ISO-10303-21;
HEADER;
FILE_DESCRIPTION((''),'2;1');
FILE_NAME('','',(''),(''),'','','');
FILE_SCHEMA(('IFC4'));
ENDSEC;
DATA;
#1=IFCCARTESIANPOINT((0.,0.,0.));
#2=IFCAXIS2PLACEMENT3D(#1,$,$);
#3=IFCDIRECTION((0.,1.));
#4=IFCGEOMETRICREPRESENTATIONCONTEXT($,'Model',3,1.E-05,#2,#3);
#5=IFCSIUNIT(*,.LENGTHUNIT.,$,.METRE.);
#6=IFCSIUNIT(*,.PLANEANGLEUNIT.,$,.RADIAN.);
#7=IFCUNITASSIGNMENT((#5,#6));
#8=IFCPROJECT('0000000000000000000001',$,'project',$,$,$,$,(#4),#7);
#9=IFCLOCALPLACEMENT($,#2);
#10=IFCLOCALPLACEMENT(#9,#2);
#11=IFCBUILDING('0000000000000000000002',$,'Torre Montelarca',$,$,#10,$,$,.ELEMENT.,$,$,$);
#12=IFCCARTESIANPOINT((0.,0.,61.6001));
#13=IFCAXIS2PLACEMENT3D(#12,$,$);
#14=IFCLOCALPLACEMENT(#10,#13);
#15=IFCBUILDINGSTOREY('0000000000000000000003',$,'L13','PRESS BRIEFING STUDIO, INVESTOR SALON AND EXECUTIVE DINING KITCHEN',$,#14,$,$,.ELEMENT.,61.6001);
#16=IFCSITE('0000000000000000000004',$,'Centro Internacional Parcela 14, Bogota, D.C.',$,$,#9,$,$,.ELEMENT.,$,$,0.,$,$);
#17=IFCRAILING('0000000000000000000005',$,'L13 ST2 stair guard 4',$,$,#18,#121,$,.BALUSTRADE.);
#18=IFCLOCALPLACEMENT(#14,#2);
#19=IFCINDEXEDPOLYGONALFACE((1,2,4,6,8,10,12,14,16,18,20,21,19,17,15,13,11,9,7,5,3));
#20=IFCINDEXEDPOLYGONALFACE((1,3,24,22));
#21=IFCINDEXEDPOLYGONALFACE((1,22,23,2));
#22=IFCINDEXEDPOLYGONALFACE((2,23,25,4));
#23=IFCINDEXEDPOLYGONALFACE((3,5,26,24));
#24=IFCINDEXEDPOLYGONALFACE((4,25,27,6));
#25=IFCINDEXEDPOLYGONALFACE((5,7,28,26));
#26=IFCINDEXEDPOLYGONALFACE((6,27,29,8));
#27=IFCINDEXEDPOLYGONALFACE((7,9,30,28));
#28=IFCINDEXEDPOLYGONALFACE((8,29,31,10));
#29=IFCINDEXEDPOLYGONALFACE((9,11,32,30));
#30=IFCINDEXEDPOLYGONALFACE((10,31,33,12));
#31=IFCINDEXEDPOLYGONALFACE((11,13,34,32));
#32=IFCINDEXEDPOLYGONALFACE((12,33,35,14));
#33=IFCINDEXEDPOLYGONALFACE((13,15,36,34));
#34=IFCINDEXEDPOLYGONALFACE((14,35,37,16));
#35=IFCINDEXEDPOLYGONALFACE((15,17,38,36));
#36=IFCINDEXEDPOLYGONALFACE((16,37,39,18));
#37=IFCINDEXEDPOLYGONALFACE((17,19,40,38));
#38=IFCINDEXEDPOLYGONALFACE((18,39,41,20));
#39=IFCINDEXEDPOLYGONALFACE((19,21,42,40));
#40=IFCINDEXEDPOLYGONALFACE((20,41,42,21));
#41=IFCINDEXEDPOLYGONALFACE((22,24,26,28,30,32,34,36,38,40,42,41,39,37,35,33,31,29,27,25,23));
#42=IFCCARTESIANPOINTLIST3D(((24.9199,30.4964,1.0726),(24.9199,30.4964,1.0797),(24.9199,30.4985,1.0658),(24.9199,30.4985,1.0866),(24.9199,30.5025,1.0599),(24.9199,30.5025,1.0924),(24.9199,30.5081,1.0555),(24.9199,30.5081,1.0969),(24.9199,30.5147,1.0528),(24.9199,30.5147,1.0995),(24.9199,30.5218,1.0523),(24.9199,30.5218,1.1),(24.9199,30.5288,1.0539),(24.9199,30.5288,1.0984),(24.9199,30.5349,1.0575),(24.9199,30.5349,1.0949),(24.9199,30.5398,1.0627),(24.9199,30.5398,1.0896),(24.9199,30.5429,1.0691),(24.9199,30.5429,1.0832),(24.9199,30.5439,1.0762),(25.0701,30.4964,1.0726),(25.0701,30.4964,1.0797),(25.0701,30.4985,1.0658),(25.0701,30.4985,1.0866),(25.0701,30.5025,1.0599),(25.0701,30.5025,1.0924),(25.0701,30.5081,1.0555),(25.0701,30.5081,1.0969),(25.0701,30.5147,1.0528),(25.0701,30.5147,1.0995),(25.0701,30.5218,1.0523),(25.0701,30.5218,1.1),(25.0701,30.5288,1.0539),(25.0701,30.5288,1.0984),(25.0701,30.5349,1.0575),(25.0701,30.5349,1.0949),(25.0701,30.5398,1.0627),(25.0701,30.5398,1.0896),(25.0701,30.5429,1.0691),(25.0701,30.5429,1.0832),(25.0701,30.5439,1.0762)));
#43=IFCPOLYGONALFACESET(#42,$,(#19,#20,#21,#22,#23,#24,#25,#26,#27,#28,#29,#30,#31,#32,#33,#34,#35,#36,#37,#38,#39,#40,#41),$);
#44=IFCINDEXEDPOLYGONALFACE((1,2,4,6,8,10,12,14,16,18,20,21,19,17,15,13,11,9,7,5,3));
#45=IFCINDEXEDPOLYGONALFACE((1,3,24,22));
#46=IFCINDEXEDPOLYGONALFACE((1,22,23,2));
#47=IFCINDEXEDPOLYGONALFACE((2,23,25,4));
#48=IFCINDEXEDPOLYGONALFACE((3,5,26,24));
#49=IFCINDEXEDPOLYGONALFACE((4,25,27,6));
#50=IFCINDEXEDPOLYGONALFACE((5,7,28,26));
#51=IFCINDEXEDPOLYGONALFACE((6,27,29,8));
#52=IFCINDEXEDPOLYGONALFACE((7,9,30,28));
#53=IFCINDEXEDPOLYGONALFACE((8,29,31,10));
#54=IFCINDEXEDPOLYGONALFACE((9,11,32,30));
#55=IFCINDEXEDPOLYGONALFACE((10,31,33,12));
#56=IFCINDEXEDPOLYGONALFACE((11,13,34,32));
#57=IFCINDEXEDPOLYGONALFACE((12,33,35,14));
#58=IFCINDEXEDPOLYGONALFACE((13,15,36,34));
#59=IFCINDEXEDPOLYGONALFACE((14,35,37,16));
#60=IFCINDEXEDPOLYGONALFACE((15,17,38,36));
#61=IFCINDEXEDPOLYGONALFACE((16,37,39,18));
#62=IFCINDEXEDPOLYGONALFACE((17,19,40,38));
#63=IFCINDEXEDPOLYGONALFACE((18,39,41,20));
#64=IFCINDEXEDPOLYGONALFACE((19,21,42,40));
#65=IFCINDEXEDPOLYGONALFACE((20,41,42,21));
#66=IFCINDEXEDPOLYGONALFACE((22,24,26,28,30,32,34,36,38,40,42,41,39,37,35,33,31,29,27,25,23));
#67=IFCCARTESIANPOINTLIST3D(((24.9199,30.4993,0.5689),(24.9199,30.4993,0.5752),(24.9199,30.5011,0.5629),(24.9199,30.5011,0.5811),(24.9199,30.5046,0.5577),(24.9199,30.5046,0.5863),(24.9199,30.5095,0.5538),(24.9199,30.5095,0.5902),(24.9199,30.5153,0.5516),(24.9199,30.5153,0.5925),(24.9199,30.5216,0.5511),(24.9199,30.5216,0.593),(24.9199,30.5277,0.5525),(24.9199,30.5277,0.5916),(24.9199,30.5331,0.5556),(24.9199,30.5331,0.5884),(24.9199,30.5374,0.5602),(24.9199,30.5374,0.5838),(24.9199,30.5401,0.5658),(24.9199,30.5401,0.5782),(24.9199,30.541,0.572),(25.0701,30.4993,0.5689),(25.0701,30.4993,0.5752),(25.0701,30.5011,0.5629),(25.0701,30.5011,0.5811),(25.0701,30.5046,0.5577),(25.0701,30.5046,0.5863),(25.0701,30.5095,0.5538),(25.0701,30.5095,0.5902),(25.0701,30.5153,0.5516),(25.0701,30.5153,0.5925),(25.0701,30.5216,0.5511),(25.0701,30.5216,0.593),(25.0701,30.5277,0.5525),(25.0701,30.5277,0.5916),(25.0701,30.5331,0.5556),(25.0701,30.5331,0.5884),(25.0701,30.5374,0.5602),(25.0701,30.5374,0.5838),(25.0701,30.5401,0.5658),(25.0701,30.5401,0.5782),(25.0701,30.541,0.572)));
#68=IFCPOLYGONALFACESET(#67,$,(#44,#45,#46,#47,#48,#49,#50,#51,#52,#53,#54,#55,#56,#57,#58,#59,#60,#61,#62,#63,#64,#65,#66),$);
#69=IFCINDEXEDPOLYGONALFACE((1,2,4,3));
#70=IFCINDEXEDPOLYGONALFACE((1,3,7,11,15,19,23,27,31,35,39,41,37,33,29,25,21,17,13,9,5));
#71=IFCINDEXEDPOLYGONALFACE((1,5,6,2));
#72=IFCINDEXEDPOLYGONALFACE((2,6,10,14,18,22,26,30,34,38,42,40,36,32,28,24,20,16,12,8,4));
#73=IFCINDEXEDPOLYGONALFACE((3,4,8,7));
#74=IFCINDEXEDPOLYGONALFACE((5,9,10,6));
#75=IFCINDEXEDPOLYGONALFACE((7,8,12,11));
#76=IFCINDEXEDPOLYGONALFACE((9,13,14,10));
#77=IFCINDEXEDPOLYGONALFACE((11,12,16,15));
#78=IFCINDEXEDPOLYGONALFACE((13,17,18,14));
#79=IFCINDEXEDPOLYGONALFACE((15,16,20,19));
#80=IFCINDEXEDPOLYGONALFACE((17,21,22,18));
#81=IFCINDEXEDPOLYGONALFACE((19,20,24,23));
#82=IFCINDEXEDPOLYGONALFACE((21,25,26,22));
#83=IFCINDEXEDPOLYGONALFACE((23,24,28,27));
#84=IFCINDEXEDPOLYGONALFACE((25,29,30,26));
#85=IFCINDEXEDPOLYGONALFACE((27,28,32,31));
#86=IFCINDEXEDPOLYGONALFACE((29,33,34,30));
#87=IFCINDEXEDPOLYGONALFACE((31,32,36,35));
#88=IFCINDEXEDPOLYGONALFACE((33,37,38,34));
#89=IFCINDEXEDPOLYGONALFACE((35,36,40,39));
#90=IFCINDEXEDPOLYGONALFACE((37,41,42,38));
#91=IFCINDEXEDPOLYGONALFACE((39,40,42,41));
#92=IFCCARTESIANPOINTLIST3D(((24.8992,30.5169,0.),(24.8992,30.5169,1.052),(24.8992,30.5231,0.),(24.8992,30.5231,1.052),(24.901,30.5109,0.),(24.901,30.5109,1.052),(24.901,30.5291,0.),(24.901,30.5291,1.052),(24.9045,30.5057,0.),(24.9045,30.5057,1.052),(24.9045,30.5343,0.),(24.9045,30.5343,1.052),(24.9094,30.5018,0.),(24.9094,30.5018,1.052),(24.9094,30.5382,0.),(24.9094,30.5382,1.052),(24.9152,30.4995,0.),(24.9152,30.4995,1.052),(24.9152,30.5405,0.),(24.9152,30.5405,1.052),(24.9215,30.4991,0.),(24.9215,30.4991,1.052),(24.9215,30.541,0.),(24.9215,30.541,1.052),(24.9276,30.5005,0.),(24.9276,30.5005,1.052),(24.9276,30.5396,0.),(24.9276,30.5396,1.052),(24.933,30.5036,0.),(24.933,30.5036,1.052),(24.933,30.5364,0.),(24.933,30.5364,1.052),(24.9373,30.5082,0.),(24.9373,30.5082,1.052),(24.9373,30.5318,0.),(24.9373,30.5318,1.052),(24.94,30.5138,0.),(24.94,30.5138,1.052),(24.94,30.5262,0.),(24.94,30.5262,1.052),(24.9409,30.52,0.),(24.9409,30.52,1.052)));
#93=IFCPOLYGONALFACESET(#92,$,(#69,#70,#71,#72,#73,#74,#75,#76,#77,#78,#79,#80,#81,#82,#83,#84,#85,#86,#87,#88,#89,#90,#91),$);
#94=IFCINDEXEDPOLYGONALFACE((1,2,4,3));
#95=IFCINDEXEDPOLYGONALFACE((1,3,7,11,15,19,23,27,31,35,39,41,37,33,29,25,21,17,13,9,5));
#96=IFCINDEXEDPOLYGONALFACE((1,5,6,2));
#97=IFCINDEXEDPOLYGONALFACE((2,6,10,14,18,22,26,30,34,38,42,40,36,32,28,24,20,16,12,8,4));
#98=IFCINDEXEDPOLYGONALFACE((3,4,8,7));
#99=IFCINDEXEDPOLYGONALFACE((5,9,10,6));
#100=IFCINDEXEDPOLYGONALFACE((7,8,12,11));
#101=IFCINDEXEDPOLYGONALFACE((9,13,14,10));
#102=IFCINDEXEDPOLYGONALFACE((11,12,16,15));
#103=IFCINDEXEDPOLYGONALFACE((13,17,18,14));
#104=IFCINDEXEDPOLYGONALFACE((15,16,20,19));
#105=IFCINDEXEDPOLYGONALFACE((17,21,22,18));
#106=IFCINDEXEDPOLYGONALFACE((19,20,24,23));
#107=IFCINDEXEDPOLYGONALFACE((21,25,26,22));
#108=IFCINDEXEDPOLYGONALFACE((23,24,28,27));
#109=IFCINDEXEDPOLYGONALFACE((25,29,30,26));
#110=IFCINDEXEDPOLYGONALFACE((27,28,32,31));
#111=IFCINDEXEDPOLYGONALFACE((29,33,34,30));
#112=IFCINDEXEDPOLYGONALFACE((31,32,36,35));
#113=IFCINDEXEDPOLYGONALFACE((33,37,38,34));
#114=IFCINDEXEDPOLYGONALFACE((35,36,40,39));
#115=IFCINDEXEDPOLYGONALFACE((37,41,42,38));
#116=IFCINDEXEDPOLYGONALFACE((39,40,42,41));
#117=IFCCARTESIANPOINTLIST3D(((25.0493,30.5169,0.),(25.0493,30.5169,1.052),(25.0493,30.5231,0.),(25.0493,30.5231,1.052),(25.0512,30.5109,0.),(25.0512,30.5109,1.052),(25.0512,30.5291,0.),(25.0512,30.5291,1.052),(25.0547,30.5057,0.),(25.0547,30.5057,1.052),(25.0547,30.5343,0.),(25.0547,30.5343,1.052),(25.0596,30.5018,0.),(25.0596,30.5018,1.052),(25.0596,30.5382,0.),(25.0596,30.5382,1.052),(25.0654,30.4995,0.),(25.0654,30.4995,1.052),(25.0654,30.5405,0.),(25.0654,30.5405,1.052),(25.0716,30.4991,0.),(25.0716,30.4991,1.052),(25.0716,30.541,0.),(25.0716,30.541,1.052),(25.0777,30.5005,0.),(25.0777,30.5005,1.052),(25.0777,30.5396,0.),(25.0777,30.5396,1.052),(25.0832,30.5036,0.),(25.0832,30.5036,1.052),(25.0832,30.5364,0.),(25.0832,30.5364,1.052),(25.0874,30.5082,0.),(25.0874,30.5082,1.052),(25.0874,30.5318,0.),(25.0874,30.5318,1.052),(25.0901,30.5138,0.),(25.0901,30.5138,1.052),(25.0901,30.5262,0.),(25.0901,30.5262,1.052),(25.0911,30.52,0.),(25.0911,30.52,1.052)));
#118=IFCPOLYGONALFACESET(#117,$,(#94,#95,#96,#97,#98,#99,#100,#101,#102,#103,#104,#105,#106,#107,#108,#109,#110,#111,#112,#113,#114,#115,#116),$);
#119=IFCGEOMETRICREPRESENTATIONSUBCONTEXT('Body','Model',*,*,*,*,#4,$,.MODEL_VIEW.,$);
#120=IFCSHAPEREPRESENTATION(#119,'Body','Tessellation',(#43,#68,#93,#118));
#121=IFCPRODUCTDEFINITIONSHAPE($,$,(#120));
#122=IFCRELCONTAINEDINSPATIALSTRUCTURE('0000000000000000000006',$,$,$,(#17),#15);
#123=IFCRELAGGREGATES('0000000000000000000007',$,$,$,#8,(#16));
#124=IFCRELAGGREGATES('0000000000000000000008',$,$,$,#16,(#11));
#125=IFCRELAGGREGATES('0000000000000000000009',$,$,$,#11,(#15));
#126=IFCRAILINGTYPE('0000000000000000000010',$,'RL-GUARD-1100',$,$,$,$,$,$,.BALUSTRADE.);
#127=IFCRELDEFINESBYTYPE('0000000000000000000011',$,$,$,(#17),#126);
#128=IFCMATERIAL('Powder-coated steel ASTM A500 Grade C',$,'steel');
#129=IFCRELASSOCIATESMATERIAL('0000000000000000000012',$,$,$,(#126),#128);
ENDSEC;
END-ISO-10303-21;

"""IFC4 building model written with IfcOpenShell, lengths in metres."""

from ifc_helpers import new_model, si_unit, direction, frame, origin, origin_2d, place, context, subcontext, project, spatial, circle, extrude, material, type_object, element, save


model = new_model("IFC4")

# Units and contexts
model_context = context("Model", 3, precision=1e-05, world=origin(), true_north=direction((0.0, 1.0)))
body_context = subcontext(model_context, "Body", "Model", "MODEL_VIEW")
ifc_project = project(units=[si_unit("LENGTHUNIT", "METRE"), si_unit("PLANEANGLEUNIT", "RADIAN")], contexts=[model_context])

# Site, building, storey
site_placement = place(None, origin())
site = spatial("IfcSite", under=ifc_project, at=site_placement, Name="Centro Internacional Parcela 14, Bogota, D.C.", CompositionType="ELEMENT", RefElevation=0.0)
building_placement = place(site_placement, origin())
building = spatial("IfcBuilding", under=site, at=building_placement, Name="Torre Montelarca", CompositionType="ELEMENT")
storey_placement = place(building_placement, frame((0.0, 0.0, 61.6001)))
storey = spatial("IfcBuildingStorey", under=building, at=storey_placement, Name="L13", Description="PRESS BRIEFING STUDIO, INVESTOR SALON AND EXECUTIVE DINING KITCHEN", CompositionType="ELEMENT", Elevation=61.6001)

# Railing
ifc_material_1 = material(Name="Powder-coated steel ASTM A500 Grade C", Category="steel")
railing_type_1 = type_object("IfcRailingType", Name="RL-GUARD-1100", PredefinedType="BALUSTRADE", material=ifc_material_1)
railing_1_placement = place(storey_placement, frame((24.9199, 30.52, 0.0)))
element("IfcRailing", 1, at=railing_1_placement, inside=storey, type_object=railing_type_1, Name="L13 ST2 stair guard 4", PredefinedType="BALUSTRADE", context=body_context, shape_type="SweptSolid", body=[
    extrude(circle(Radius=0.0239, at=origin_2d()), frame((0.0, 0.0, 1.0762), z_axis=(1.0, 0.0, 0.0), x_axis=(0.0, 1.0, 0.0)), (0.0, 0.0, 1.0), 0.1501),
    extrude(circle(Radius=0.021, at=origin_2d()), frame((0.0, 0.0, 0.572), z_axis=(1.0, 0.0, 0.0), x_axis=(0.0, 1.0, 0.0)), (0.0, 0.0, 1.0), 0.1501),
    extrude(circle(Radius=0.021, at=origin_2d()), origin(), (0.0, 0.0, 1.0), 1.052),
    extrude(circle(Radius=0.021, at=origin_2d()), frame((0.1501, 0.0, 0.0)), (0.0, 0.0, 1.0), 1.052),
])

save(model, "model.ifc")
